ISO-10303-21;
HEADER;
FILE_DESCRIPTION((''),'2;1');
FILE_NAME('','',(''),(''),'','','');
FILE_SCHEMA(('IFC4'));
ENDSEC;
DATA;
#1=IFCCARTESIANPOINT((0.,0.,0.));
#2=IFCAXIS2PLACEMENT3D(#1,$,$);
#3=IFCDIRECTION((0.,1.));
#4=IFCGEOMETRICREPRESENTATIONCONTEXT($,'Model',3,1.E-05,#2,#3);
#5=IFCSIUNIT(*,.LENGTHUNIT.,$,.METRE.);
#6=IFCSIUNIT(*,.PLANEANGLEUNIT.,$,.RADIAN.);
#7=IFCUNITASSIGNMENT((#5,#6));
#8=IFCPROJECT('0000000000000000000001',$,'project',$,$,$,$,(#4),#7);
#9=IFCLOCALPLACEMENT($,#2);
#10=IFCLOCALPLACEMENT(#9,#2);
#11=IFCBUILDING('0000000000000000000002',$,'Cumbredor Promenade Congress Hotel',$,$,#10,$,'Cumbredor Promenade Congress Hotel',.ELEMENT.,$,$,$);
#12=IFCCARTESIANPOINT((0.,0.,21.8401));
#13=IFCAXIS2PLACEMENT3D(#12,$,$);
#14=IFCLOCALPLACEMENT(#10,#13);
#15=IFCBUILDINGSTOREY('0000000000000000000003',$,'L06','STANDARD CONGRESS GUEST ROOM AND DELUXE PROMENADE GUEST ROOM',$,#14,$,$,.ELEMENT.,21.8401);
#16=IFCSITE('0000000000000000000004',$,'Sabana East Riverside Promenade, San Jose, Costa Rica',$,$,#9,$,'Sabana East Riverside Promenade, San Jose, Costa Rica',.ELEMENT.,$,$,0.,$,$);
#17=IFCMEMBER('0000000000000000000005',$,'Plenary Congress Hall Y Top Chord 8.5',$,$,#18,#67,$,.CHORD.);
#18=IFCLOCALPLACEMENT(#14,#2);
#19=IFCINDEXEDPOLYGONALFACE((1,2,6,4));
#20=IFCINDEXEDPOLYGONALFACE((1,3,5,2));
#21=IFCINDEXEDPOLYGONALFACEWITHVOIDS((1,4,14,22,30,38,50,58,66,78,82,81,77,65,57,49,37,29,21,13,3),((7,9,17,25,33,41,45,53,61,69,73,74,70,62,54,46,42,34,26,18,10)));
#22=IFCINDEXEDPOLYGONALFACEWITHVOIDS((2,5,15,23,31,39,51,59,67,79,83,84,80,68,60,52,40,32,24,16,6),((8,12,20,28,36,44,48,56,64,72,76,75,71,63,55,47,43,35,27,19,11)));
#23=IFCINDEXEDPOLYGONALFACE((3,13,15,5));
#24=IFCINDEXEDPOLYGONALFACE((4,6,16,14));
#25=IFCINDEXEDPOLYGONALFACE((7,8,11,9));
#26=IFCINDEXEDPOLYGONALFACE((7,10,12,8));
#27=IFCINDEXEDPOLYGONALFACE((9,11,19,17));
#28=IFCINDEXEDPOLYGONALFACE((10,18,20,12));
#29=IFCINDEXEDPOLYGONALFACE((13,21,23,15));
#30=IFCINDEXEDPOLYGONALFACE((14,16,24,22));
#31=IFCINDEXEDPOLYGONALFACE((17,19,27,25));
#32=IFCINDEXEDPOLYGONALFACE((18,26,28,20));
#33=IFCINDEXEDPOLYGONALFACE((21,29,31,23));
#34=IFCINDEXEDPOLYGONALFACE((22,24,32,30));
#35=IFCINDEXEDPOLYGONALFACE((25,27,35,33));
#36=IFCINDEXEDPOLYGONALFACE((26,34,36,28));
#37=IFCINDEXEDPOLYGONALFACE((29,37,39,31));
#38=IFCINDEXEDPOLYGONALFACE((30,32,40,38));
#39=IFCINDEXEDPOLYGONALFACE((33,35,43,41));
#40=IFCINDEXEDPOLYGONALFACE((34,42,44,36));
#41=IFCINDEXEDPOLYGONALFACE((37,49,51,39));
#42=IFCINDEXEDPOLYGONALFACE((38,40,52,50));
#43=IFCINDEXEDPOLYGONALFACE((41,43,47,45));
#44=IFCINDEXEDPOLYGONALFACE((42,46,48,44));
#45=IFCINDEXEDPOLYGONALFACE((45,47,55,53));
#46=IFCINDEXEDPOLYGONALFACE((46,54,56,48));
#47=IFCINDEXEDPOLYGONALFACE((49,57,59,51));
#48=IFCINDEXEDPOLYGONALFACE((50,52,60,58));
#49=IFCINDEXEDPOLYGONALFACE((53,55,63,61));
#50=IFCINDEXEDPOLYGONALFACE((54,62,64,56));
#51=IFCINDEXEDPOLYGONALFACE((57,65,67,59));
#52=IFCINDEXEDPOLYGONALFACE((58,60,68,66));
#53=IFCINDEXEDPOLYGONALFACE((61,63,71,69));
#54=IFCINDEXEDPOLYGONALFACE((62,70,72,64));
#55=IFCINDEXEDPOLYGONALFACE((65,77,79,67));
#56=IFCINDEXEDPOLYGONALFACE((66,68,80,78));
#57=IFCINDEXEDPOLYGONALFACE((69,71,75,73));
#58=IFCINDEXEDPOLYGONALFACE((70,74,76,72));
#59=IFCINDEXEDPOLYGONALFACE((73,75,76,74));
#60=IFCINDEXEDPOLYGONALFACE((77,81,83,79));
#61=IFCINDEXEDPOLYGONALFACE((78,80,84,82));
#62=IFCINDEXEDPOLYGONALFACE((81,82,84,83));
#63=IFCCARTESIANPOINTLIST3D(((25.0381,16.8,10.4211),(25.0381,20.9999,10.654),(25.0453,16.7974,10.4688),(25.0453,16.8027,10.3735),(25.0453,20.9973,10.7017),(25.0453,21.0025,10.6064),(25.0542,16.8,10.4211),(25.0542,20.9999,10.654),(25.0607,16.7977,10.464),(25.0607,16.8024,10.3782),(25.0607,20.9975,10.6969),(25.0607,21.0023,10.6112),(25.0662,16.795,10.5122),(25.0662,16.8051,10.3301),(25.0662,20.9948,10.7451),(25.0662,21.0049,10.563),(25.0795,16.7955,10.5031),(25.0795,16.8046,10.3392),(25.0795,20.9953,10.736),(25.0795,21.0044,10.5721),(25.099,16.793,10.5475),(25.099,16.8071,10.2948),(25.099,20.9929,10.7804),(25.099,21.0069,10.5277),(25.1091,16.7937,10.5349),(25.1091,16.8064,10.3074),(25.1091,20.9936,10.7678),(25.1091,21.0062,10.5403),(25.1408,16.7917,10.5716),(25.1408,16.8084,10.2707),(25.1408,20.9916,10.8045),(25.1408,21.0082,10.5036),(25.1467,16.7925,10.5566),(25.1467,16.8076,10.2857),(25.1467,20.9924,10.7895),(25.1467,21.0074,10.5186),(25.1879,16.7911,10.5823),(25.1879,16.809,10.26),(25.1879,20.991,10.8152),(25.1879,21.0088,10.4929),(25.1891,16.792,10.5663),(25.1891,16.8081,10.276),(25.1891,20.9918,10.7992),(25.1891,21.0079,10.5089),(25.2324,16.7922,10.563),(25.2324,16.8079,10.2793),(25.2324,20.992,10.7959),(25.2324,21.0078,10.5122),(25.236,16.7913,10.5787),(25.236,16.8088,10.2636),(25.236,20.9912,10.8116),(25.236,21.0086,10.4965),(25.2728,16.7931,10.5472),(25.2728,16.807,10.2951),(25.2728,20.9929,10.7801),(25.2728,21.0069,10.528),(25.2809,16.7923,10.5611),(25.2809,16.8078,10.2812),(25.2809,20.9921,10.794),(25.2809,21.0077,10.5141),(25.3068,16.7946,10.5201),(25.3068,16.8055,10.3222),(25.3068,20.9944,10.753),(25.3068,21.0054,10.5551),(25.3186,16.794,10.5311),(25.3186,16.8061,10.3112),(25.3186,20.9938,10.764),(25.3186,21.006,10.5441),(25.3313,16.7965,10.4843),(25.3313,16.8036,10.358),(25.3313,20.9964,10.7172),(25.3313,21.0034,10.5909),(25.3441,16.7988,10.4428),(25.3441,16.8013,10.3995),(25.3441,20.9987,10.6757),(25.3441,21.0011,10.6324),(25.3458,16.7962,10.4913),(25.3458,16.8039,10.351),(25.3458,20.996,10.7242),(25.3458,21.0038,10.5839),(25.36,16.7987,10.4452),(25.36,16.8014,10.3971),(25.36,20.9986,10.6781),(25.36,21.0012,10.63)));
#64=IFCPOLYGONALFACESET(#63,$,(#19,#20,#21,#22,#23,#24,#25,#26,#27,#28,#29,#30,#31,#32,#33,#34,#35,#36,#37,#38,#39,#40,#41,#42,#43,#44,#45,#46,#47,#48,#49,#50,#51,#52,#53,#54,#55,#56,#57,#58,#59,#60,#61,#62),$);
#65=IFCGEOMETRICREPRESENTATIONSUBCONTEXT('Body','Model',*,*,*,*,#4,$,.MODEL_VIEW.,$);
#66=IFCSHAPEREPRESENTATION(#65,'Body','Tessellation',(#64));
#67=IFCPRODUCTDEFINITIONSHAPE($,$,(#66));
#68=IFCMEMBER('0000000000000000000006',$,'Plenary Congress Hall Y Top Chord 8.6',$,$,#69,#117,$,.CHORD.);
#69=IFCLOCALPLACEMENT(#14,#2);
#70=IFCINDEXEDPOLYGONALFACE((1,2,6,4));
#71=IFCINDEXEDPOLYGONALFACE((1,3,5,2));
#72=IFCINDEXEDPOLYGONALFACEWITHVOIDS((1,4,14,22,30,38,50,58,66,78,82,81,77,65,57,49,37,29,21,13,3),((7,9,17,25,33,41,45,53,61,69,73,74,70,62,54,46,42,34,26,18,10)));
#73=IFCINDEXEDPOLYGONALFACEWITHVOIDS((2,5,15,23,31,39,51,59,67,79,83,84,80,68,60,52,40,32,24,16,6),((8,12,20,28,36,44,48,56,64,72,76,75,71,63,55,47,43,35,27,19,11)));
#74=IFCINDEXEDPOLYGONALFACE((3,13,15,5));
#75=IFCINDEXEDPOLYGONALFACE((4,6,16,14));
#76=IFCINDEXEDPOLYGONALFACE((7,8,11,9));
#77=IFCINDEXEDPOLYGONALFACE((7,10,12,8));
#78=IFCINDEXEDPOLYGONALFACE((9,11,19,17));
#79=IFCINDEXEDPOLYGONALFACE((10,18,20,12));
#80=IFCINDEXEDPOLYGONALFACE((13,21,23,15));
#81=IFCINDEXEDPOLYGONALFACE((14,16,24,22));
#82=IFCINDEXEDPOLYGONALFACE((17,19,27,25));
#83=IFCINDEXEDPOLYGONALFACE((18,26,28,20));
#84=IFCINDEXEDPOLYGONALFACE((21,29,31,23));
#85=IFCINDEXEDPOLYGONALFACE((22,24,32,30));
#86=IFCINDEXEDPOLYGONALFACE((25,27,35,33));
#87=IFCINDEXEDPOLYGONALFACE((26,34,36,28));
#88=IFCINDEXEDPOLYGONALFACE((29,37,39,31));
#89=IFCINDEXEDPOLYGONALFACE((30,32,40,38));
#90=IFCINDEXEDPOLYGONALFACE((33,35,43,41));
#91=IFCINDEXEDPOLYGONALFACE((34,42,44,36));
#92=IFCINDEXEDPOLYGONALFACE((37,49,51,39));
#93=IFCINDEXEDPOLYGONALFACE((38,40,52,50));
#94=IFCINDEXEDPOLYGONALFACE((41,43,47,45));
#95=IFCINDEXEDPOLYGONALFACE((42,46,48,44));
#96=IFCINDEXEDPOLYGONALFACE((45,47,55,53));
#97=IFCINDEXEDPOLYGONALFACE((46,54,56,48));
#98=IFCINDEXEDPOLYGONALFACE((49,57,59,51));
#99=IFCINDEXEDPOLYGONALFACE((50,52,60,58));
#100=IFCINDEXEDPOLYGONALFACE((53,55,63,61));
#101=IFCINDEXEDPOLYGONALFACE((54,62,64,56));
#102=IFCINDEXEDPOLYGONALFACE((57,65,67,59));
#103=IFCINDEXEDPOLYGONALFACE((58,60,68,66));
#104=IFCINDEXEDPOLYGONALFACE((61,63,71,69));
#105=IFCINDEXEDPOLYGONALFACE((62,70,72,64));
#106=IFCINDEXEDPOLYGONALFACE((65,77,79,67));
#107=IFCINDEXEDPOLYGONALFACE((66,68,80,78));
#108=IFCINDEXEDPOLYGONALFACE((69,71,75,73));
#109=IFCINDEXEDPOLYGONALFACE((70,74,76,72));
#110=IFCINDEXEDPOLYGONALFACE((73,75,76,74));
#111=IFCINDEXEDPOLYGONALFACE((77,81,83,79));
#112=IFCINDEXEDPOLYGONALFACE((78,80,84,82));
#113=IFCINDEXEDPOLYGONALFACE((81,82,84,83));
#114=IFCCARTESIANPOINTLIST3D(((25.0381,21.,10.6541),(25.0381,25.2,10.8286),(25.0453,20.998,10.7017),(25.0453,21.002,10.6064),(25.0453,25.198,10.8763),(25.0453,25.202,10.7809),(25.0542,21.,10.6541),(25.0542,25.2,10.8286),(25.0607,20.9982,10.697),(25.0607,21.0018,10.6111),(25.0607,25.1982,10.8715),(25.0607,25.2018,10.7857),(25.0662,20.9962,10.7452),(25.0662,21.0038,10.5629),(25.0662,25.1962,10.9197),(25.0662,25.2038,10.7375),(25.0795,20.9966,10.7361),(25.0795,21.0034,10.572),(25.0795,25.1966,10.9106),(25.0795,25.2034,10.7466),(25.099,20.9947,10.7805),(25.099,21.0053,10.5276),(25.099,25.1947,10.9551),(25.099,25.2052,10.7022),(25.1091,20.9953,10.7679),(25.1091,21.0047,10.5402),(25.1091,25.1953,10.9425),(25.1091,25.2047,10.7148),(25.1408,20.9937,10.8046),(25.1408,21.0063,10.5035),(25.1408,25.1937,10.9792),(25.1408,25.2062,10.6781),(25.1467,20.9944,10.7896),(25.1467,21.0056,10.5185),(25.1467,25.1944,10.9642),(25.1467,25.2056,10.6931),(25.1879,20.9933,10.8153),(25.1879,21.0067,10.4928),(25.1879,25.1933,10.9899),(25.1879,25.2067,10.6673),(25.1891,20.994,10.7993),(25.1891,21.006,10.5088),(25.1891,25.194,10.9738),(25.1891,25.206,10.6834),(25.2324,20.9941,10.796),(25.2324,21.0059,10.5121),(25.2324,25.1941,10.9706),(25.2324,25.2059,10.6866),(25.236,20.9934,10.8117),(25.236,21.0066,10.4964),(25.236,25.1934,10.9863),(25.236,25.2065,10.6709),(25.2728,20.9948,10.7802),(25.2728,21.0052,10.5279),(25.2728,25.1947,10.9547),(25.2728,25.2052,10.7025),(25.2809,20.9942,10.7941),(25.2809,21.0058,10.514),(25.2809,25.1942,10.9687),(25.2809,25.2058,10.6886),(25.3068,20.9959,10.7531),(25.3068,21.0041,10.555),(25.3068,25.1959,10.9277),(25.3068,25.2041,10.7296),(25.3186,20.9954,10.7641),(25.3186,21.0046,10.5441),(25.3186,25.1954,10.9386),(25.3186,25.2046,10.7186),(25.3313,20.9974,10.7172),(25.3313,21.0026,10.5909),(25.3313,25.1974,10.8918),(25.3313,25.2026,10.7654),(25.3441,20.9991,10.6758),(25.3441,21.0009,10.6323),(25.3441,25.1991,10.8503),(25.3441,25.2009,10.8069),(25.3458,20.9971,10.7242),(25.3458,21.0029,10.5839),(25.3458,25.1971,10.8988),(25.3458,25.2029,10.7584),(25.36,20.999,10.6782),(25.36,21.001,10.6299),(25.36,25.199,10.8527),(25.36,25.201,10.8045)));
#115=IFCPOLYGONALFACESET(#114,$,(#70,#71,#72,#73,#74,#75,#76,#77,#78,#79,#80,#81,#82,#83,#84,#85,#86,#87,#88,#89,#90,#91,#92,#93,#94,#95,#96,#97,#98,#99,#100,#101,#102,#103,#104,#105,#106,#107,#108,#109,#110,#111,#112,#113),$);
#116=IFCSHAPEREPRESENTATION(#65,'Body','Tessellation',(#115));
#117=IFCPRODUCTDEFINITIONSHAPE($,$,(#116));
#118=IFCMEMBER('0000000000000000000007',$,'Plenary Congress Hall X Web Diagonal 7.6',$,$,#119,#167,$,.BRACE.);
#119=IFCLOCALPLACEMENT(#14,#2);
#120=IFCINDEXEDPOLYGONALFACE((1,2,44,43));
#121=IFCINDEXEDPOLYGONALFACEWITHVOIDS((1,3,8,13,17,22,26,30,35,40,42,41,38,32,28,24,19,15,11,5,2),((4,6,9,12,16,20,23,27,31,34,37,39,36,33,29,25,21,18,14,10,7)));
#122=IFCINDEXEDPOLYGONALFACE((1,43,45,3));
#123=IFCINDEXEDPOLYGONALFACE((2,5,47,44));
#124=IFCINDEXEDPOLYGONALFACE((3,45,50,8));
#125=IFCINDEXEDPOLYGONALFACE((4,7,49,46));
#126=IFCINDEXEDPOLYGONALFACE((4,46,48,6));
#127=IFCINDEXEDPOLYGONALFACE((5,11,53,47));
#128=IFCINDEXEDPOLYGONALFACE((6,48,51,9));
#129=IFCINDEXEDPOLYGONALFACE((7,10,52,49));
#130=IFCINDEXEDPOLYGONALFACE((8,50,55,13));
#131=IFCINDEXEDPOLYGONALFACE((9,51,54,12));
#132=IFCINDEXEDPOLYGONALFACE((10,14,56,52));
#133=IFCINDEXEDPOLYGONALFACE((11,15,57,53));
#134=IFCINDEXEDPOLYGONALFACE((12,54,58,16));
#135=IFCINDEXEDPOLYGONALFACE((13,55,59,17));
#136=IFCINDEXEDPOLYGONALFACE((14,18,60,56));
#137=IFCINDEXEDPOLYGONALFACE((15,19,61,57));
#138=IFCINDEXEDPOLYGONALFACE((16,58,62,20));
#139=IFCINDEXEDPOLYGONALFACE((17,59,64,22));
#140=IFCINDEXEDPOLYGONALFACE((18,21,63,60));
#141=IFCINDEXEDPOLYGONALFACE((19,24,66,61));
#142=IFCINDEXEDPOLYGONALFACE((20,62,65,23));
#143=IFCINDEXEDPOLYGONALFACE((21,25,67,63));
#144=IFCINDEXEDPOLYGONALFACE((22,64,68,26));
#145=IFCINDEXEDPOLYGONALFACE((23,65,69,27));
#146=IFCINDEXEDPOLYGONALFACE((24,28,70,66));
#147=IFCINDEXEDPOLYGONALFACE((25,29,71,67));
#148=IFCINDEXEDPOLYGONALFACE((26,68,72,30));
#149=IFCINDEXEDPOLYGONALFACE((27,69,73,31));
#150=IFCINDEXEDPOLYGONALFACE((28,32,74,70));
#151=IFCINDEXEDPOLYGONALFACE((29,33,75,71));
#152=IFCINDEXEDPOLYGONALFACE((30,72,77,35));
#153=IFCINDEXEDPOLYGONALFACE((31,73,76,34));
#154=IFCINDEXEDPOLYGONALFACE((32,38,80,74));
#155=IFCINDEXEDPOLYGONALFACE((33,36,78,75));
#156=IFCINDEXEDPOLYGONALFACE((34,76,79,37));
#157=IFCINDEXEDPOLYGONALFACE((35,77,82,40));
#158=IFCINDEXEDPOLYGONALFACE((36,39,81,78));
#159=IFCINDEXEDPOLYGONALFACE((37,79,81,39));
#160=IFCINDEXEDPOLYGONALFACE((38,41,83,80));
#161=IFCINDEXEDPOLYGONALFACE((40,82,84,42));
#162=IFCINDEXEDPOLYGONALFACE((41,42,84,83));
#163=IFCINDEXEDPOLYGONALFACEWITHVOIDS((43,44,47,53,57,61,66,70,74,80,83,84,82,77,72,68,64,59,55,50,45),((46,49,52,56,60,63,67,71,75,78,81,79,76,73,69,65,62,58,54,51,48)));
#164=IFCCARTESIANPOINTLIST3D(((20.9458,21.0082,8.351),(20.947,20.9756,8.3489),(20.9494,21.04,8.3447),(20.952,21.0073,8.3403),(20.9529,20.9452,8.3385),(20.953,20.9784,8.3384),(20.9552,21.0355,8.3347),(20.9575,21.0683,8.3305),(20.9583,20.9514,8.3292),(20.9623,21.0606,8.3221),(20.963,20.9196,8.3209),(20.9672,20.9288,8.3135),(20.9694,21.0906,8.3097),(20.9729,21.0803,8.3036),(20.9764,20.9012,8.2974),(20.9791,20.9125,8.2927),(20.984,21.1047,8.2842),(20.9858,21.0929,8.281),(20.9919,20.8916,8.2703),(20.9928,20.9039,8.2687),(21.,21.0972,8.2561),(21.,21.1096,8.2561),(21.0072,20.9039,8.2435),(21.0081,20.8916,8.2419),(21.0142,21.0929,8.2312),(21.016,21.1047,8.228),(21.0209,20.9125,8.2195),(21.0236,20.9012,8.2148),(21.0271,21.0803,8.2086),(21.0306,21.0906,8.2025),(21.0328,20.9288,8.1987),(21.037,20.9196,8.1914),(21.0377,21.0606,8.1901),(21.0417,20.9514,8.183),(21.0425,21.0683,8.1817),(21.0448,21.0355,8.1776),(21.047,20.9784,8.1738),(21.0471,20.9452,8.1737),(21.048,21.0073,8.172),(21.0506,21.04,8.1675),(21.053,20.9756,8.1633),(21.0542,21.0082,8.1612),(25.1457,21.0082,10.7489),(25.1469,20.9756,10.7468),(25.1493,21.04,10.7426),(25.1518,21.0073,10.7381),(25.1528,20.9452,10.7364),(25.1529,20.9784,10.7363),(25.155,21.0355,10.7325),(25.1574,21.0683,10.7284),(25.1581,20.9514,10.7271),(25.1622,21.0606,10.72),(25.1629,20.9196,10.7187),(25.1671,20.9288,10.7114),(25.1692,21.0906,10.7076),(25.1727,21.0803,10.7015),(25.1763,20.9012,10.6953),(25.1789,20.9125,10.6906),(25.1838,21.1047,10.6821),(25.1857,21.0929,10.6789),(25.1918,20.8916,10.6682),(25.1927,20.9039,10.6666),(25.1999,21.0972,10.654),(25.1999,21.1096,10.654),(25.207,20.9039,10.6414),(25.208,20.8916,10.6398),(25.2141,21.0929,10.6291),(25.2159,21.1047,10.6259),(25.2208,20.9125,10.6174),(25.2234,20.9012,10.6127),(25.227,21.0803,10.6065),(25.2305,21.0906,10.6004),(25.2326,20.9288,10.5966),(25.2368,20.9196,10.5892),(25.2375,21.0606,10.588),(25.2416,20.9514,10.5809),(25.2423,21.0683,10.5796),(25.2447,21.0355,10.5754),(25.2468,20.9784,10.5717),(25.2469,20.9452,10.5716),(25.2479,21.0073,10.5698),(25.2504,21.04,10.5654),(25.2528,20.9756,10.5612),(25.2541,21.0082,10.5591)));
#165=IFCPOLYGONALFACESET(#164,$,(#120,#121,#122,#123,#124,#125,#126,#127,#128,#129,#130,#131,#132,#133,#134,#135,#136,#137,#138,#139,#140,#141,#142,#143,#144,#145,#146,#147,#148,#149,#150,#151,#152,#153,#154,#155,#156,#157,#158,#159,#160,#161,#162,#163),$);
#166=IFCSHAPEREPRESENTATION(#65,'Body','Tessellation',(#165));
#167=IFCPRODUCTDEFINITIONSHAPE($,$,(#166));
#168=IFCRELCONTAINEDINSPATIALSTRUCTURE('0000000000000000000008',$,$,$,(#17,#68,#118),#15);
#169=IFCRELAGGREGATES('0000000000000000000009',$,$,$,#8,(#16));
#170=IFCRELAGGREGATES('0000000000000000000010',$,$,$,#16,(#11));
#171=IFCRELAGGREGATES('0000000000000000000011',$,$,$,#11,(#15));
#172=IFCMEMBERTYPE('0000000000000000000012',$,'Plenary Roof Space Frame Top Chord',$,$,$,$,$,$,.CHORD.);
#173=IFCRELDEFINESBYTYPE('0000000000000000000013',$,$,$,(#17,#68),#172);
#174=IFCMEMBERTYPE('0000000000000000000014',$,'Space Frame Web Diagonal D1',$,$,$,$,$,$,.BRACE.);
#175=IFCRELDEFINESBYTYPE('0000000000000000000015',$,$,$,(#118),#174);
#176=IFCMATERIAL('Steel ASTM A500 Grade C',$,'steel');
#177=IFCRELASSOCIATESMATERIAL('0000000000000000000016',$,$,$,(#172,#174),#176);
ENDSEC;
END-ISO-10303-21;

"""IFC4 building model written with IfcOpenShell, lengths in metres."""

from ifc_helpers import new_model, si_unit, direction, frame, origin, origin_2d, place, context, subcontext, project, spatial, hollow_circle, extrude, material, material_profile, profile_set, type_object, element, save


model = new_model("IFC4")

# Units and contexts
model_context = context("Model", 3, precision=1e-05, world=origin(), true_north=direction((0.0, 1.0)))
body_context = subcontext(model_context, "Body", "Model", "MODEL_VIEW")
ifc_project = project(units=[si_unit("LENGTHUNIT", "METRE"), si_unit("PLANEANGLEUNIT", "RADIAN")], contexts=[model_context])

# Site, building, storey
site_placement = place(None, origin())
site = spatial("IfcSite", under=ifc_project, at=site_placement, Name="Sabana East Riverside Promenade, San Jose, Costa Rica", LongName="Sabana East Riverside Promenade, San Jose, Costa Rica", CompositionType="ELEMENT", RefElevation=0.0)
building_placement = place(site_placement, origin())
building = spatial("IfcBuilding", under=site, at=building_placement, Name="Cumbredor Promenade Congress Hotel", LongName="Cumbredor Promenade Congress Hotel", CompositionType="ELEMENT")
storey_placement = place(building_placement, frame((0.0, 0.0, 21.8401)))
storey = spatial("IfcBuildingStorey", under=building, at=storey_placement, Name="L06", Description="STANDARD CONGRESS GUEST ROOM AND DELUXE PROMENADE GUEST ROOM", CompositionType="ELEMENT", Elevation=21.8401)

# Members
ifc_material_1 = material(Name="Steel ASTM A500 Grade C", Category="steel")
ifc_material_profile_1 = material_profile(ifc_material_1, hollow_circle(Radius=0.1619, WallThickness=0.0161, at=origin_2d()), Name="CHS 323.9x16")
ifc_profile_set_1 = profile_set([ifc_material_profile_1], Name="Steel ASTM A500 Grade C")
member_type_1 = type_object("IfcMemberType", Name="Plenary Roof Space Frame Top Chord", PredefinedType="CHORD", material=ifc_profile_set_1)
member_1_placement = place(storey_placement, frame((25.2, 16.8, 10.4211), z_axis=(0.0, 0.998466, 0.05537), x_axis=(-1.0, 0.0, 0.0)))
element("IfcMember", 1, at=member_1_placement, inside=storey, type_object=member_type_1, Name="Plenary Congress Hall Y Top Chord 8.5", PredefinedType="CHORD", context=body_context, shape_type="SweptSolid", body=[
    extrude(hollow_circle(Radius=0.1619, WallThickness=0.0161, at=origin_2d()), origin(), (0.0, 0.0, 1.0), 4.2063),
])
member_2_placement = place(storey_placement, frame((25.2, 21.0, 10.6541), z_axis=(0.0, 0.999137, 0.041527), x_axis=(-1.0, 0.0, 0.0)))
element("IfcMember", 2, at=member_2_placement, inside=storey, type_object=member_type_1, Name="Plenary Congress Hall Y Top Chord 8.6", PredefinedType="CHORD", context=body_context, shape_type="SweptSolid", body=[
    extrude(hollow_circle(Radius=0.1619, WallThickness=0.0161, at=origin_2d()), origin(), (0.0, 0.0, 1.0), 4.2036),
])
ifc_material_profile_2 = material_profile(ifc_material_1, hollow_circle(Radius=0.1096, WallThickness=0.0125, at=origin_2d()), Name="CHS 219.1x12.5")
ifc_profile_set_2 = profile_set([ifc_material_profile_2], Name="Steel ASTM A500 Grade C")
member_type_2 = type_object("IfcMemberType", Name="Space Frame Web Diagonal D1", PredefinedType="BRACE", material=ifc_profile_set_2)
member_3_placement = place(storey_placement, frame((21.0, 21.0, 8.2561), z_axis=(0.868423, 0.0, 0.495824), x_axis=(0.0, 1.0, 0.0)))
element("IfcMember", 3, at=member_3_placement, inside=storey, type_object=member_type_2, Name="Plenary Congress Hall X Web Diagonal 7.6", PredefinedType="BRACE", context=body_context, shape_type="SweptSolid", body=[
    extrude(hollow_circle(Radius=0.1096, WallThickness=0.0125, at=origin_2d()), origin(), (0.0, 0.0, 1.0), 4.8362),
])

save(model, "model.ifc")
